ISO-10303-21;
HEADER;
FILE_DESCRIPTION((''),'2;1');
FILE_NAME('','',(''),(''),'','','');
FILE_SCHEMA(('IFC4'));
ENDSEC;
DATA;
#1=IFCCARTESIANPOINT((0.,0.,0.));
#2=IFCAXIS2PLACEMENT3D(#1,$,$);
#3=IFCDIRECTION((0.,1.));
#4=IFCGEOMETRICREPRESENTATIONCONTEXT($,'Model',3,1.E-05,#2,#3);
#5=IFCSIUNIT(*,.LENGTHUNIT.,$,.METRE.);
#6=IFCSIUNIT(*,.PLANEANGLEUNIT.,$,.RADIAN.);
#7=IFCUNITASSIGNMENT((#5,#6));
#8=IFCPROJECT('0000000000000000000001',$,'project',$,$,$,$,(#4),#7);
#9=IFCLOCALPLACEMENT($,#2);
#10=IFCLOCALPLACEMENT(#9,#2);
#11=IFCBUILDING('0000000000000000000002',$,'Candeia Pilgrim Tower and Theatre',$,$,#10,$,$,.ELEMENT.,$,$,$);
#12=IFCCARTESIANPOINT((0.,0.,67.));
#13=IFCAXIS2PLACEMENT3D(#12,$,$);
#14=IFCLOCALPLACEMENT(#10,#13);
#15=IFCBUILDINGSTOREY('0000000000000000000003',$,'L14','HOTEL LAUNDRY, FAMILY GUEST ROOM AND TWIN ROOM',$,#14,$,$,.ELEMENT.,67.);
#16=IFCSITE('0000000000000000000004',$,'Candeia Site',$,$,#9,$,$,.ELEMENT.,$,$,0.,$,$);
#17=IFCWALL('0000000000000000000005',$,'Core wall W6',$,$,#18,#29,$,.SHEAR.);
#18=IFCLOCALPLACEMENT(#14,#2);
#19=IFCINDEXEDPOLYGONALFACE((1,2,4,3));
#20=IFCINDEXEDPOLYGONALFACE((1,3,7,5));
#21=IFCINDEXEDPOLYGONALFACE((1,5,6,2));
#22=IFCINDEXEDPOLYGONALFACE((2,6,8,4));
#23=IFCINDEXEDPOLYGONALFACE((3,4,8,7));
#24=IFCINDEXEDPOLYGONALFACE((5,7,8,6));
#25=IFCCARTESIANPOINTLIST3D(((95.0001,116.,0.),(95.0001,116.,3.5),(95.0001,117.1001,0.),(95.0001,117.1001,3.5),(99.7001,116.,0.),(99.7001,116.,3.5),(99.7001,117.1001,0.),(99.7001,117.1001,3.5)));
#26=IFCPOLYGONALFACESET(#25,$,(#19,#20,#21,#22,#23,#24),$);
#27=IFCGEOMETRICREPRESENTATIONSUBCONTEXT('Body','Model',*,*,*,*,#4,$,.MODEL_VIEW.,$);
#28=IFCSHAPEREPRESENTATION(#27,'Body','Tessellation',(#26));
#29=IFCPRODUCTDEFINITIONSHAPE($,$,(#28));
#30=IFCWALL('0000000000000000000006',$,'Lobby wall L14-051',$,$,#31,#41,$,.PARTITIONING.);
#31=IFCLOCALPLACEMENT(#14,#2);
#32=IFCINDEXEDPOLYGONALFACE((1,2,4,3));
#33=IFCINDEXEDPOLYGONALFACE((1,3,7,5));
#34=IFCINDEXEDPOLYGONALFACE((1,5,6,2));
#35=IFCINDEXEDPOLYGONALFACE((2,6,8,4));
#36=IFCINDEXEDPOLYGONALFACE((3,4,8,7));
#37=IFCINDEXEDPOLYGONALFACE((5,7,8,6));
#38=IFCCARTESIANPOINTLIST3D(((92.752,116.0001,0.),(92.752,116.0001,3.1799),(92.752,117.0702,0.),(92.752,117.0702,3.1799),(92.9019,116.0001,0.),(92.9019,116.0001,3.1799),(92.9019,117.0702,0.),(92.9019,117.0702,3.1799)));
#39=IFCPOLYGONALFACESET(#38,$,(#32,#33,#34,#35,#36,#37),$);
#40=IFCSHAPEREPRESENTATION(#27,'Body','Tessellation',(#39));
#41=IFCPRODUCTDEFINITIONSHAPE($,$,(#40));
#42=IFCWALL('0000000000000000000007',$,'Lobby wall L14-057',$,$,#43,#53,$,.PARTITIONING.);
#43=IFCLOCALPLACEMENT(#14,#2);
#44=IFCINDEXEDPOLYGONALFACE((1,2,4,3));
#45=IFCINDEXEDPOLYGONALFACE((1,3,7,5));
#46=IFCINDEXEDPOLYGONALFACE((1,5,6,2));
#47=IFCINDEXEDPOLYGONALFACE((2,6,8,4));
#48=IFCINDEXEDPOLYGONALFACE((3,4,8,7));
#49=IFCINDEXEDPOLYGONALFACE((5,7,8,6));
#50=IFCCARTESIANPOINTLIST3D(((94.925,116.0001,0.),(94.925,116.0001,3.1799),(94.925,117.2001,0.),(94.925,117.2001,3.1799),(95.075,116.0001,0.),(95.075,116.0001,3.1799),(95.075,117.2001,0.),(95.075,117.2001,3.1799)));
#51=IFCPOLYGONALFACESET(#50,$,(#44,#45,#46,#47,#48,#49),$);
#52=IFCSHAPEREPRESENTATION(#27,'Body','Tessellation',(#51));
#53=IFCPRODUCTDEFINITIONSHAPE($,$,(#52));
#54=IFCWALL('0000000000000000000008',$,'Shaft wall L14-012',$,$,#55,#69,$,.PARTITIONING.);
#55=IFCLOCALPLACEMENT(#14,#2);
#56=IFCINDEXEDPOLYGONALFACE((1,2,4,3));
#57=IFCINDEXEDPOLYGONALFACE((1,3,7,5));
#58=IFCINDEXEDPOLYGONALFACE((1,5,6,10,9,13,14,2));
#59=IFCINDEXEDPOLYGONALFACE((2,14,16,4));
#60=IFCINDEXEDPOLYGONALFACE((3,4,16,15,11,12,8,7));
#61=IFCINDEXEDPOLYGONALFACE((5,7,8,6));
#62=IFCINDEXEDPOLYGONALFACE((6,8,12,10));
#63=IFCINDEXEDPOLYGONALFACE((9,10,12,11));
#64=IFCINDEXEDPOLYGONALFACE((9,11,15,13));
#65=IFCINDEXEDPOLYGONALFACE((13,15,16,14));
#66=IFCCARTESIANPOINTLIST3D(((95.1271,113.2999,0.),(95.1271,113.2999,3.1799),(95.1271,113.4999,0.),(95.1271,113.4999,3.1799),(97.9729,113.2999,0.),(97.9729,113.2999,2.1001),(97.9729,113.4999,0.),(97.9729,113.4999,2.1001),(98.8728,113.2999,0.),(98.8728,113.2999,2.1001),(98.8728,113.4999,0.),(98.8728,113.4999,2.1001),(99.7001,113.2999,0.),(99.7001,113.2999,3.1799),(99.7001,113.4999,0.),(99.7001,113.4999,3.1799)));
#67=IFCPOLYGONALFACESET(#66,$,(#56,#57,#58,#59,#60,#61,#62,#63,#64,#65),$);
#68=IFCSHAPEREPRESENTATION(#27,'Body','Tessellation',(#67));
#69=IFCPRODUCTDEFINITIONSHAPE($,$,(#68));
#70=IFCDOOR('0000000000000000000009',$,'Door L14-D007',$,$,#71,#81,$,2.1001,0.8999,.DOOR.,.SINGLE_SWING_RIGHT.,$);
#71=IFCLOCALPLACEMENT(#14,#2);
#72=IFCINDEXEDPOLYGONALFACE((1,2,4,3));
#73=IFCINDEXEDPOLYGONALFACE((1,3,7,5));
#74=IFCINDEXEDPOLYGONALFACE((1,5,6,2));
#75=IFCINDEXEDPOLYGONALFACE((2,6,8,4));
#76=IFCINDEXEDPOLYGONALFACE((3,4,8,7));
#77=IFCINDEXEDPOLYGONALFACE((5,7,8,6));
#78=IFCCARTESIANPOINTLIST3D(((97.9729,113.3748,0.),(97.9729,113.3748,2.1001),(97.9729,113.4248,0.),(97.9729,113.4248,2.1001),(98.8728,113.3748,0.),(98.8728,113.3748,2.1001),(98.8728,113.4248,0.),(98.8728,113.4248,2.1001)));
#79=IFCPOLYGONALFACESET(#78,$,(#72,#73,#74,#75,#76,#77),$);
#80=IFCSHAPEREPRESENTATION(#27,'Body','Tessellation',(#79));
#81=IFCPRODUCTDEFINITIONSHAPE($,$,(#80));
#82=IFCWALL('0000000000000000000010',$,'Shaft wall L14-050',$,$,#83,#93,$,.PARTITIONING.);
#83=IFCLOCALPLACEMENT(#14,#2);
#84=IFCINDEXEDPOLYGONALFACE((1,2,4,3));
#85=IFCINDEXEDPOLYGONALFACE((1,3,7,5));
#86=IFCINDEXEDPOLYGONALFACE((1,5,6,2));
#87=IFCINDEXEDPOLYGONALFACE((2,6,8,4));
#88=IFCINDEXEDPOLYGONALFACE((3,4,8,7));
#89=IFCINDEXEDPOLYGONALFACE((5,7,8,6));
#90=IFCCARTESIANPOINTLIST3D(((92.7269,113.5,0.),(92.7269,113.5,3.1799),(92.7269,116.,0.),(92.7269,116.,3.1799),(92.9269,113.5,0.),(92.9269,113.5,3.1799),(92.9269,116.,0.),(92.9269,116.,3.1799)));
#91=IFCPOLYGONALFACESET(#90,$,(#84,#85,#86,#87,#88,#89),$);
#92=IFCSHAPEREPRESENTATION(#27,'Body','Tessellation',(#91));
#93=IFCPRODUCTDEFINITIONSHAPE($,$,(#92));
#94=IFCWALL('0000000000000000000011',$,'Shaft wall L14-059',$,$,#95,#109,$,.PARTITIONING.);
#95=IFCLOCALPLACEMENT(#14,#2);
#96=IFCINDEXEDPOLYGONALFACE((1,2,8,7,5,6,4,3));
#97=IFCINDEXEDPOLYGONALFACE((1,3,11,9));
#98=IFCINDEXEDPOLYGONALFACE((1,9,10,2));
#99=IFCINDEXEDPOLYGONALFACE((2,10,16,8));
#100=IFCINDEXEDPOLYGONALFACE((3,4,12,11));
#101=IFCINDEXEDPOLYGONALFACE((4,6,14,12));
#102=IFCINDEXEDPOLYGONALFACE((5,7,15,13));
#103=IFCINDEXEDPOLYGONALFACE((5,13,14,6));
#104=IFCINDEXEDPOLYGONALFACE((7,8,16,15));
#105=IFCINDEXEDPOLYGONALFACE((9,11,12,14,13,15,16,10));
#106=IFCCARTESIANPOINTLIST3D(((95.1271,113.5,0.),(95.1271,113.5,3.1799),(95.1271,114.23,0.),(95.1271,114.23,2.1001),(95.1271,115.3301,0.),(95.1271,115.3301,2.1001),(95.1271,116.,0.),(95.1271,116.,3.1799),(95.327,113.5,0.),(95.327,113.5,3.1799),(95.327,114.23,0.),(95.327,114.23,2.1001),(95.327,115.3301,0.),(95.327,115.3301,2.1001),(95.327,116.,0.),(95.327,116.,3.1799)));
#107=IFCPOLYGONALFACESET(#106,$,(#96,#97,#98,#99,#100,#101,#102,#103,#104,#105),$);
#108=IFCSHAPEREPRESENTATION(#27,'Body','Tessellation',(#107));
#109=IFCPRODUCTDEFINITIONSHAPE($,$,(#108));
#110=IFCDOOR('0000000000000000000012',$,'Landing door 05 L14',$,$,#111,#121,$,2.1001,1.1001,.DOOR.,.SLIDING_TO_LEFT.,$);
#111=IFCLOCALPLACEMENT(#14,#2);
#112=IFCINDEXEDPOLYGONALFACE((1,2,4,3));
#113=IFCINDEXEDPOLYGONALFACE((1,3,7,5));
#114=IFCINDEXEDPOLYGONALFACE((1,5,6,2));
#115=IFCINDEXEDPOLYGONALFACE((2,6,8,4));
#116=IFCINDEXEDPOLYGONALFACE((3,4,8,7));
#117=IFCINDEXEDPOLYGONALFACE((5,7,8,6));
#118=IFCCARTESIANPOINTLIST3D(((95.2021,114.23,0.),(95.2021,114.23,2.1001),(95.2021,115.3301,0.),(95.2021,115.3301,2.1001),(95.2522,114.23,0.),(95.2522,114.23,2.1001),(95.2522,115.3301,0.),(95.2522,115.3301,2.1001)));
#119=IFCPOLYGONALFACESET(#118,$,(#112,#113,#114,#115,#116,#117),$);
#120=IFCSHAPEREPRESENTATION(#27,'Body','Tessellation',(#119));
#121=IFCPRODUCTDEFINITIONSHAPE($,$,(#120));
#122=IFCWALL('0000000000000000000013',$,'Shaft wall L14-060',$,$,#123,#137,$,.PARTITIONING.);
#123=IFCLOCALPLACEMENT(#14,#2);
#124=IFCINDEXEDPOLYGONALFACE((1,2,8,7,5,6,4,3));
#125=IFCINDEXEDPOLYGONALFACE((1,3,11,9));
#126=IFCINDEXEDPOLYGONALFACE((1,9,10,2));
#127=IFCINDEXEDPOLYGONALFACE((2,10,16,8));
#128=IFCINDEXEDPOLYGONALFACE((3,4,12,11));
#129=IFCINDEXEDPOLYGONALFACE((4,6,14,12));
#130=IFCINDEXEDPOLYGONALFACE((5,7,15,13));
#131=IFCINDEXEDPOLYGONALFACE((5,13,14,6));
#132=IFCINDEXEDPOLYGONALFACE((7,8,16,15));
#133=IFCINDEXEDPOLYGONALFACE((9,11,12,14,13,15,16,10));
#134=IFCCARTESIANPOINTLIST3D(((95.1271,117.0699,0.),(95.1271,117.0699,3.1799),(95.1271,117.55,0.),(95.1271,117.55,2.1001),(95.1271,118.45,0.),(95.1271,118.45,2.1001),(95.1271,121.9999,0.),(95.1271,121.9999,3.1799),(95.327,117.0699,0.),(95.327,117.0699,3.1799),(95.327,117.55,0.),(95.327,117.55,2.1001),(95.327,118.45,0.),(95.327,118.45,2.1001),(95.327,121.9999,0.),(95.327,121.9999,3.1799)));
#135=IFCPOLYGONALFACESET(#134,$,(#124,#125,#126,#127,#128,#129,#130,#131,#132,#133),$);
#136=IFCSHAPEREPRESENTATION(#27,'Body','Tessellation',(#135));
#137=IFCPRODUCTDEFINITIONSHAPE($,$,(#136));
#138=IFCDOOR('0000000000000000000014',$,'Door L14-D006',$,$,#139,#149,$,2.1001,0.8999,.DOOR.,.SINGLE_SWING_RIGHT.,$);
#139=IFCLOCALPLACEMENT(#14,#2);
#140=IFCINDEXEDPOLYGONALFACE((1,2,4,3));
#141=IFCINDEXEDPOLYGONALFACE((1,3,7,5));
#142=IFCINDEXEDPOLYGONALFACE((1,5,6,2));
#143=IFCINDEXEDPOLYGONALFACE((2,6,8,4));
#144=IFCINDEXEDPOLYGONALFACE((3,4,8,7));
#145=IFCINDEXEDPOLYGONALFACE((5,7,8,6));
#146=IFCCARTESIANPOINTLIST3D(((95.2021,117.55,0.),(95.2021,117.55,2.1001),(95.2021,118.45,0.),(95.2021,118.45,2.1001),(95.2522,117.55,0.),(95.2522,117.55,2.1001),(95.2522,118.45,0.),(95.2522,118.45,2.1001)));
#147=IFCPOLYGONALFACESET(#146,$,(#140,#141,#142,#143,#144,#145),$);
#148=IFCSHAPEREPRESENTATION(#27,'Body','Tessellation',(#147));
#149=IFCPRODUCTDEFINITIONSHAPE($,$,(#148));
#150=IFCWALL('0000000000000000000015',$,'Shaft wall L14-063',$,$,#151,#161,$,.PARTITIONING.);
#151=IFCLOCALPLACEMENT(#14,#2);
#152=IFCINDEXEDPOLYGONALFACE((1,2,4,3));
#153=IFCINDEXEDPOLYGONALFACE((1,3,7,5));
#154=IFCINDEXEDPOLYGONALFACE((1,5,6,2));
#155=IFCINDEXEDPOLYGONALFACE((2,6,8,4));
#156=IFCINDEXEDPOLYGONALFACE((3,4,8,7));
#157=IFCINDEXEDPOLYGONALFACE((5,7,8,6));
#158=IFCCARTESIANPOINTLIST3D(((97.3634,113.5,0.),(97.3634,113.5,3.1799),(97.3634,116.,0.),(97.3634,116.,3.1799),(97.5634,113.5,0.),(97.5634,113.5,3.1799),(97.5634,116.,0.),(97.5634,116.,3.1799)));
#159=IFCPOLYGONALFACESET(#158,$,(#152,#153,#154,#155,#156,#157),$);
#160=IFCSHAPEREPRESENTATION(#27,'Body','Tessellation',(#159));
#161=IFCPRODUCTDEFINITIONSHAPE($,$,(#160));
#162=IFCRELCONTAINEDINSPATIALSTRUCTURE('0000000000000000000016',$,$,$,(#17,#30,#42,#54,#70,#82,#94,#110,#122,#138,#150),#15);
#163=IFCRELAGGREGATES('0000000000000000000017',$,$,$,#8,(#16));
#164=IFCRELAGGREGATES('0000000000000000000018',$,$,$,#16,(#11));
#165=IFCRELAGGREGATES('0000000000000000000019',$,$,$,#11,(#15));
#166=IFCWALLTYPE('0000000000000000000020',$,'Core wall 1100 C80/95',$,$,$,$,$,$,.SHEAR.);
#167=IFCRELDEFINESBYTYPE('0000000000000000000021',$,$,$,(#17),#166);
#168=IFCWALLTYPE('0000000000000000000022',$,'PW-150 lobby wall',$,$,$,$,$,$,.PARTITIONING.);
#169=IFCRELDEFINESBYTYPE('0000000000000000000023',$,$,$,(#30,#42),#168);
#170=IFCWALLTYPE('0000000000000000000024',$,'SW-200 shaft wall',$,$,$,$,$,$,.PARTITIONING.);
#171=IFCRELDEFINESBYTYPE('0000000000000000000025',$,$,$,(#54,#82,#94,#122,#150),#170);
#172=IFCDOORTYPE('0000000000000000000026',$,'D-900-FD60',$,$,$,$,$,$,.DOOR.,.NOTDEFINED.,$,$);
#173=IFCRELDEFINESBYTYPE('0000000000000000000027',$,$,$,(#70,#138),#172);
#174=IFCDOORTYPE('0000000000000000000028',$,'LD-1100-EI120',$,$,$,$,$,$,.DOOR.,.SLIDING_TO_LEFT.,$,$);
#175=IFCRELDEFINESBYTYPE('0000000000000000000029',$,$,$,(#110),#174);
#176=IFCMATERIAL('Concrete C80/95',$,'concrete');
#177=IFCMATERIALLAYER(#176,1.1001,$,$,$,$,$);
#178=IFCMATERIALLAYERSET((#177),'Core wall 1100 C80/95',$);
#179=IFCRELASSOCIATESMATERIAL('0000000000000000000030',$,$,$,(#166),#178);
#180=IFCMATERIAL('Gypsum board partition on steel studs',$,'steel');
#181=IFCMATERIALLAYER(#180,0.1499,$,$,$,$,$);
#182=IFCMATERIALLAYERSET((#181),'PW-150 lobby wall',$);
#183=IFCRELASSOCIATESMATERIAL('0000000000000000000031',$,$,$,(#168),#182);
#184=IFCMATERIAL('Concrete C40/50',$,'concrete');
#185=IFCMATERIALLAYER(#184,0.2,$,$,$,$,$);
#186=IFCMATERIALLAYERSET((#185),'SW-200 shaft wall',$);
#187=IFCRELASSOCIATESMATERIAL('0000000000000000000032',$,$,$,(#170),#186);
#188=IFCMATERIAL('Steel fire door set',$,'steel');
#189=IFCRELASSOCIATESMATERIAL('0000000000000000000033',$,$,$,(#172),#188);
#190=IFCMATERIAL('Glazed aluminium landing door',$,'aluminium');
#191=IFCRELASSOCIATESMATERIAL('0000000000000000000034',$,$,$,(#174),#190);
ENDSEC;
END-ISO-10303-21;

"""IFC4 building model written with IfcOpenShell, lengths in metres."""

from ifc_helpers import new_model, si_unit, direction, frame, frame_2d, origin, place, context, subcontext, project, spatial, rectangle, extrude, material, layer, layer_set, type_object, element, fill, save


model = new_model("IFC4")

# Units and contexts
model_context = context("Model", 3, precision=1e-05, world=origin(), true_north=direction((0.0, 1.0)))
body_context = subcontext(model_context, "Body", "Model", "MODEL_VIEW")
ifc_project = project(units=[si_unit("LENGTHUNIT", "METRE"), si_unit("PLANEANGLEUNIT", "RADIAN")], contexts=[model_context])

# Site, building, storey
site_placement = place(None, origin())
site = spatial("IfcSite", under=ifc_project, at=site_placement, Name="Candeia Site", CompositionType="ELEMENT", RefElevation=0.0)
building_placement = place(site_placement, origin())
building = spatial("IfcBuilding", under=site, at=building_placement, Name="Candeia Pilgrim Tower and Theatre", CompositionType="ELEMENT")
storey_placement = place(building_placement, frame((0.0, 0.0, 67.0)))
storey = spatial("IfcBuildingStorey", under=building, at=storey_placement, Name="L14", Description="HOTEL LAUNDRY, FAMILY GUEST ROOM AND TWIN ROOM", CompositionType="ELEMENT", Elevation=67.0)

# Walls
ifc_material_1 = material(Name="Concrete C80/95", Category="concrete")
ifc_layer_1 = layer(ifc_material_1, 1.1001)
ifc_layer_set_1 = layer_set([ifc_layer_1], Name="Core wall 1100 C80/95")
wall_type_1 = type_object("IfcWallType", Name="Core wall 1100 C80/95", PredefinedType="SHEAR", material=ifc_layer_set_1)
wall_1_placement = place(storey_placement, frame((95.0, 116.55, 0.0), z_axis=(0.0, 0.0, 1.0), x_axis=(1.0, 0.0, 0.0)))
element("IfcWall", 1, at=wall_1_placement, inside=storey, type_object=wall_type_1, Name="Core wall W6", PredefinedType="SHEAR", context=body_context, shape_type="SweptSolid", body=[
    extrude(rectangle(XDim=4.7, YDim=1.1001, at=frame_2d((2.3501, 0.0))), origin(), (0.0, 0.0, 1.0), 3.5),
])
ifc_material_2 = material(Name="Gypsum board partition on steel studs", Category="steel")
ifc_layer_2 = layer(ifc_material_2, 0.1499)
ifc_layer_set_2 = layer_set([ifc_layer_2], Name="PW-150 lobby wall")
wall_type_2 = type_object("IfcWallType", Name="PW-150 lobby wall", PredefinedType="PARTITIONING", material=ifc_layer_set_2)
wall_2_placement = place(storey_placement, frame((92.8269, 116.0, 0.0), z_axis=(0.0, 0.0, 1.0), x_axis=(0.0, 1.0, 0.0)))
element("IfcWall", 2, at=wall_2_placement, inside=storey, type_object=wall_type_2, Name="Lobby wall L14-051", PredefinedType="PARTITIONING", context=body_context, shape_type="SweptSolid", body=[
    extrude(rectangle(XDim=1.0701, YDim=0.1499, at=frame_2d((0.5352, 0.0))), origin(), (0.0, 0.0, 1.0), 3.1799),
])
wall_3_placement = place(storey_placement, frame((95.0, 116.0, 0.0), z_axis=(0.0, 0.0, 1.0), x_axis=(0.0, 1.0, 0.0)))
element("IfcWall", 3, at=wall_3_placement, inside=storey, type_object=wall_type_2, Name="Lobby wall L14-057", PredefinedType="PARTITIONING", context=body_context, shape_type="SweptSolid", body=[
    extrude(rectangle(XDim=1.2, YDim=0.1499, at=frame_2d((0.6001, 0.0))), origin(), (0.0, 0.0, 1.0), 3.1799),
])

# Wall, opening, door
ifc_material_3 = material(Name="Concrete C40/50", Category="concrete")
ifc_layer_3 = layer(ifc_material_3, 0.2)
ifc_layer_set_3 = layer_set([ifc_layer_3], Name="SW-200 shaft wall")
wall_type_3 = type_object("IfcWallType", Name="SW-200 shaft wall", PredefinedType="PARTITIONING", material=ifc_layer_set_3)
wall_4_placement = place(storey_placement, frame((95.127, 113.3999, 0.0), z_axis=(0.0, 0.0, 1.0), x_axis=(1.0, 0.0, 0.0)))
wall_4 = element("IfcWall", 4, at=wall_4_placement, inside=storey, type_object=wall_type_3, Name="Shaft wall L14-012", PredefinedType="PARTITIONING", context=body_context, shape_type="SweptSolid", body=[
    extrude(rectangle(XDim=4.573, YDim=0.2, at=frame_2d((2.2866, 0.0))), origin(), (0.0, 0.0, 1.0), 3.1799),
])
opening_1_placement = place(wall_4_placement, frame((2.8459, 0.0, 0.0)))
opening_1 = element("IfcOpeningElement", 5, at=opening_1_placement, cuts=wall_4, PredefinedType="OPENING", context=body_context, shape_type="SweptSolid", body=[
    extrude(rectangle(XDim=0.8999, YDim=2.1001, at=frame_2d((0.45, 1.05))), frame((0.0, 0.1099, 0.0), z_axis=(0.0, -1.0, 0.0), x_axis=(1.0, 0.0, 0.0)), (0.0, 0.0, 1.0), 0.22),
])
ifc_material_4 = material(Name="Steel fire door set", Category="steel")
door_type_1 = type_object("IfcDoorType", Name="D-900-FD60", OperationType="NOTDEFINED", PredefinedType="DOOR", material=ifc_material_4)
door_1_placement = place(opening_1_placement, origin())
door_1 = element("IfcDoor", 6, at=door_1_placement, inside=storey, type_object=door_type_1, Name="Door L14-D007", OperationType="SINGLE_SWING_RIGHT", OverallHeight=2.1001, OverallWidth=0.8999, PredefinedType="DOOR", context=body_context, shape_type="SweptSolid", body=[
    extrude(rectangle(XDim=0.8999, YDim=2.1001, at=frame_2d((0.45, 1.05))), frame((0.0, 0.0249, 0.0), z_axis=(0.0, -1.0, 0.0), x_axis=(1.0, 0.0, 0.0)), (0.0, 0.0, 1.0), 0.05),
])
fill(opening_1, door_1)

# Wall
wall_5_placement = place(storey_placement, frame((92.8269, 113.5, 0.0), z_axis=(0.0, 0.0, 1.0), x_axis=(0.0, 1.0, 0.0)))
element("IfcWall", 7, at=wall_5_placement, inside=storey, type_object=wall_type_3, Name="Shaft wall L14-050", PredefinedType="PARTITIONING", context=body_context, shape_type="SweptSolid", body=[
    extrude(rectangle(XDim=2.5, YDim=0.2, at=frame_2d((1.25, 0.0))), origin(), (0.0, 0.0, 1.0), 3.1799),
])

# Walls, openings, doors
wall_6_placement = place(storey_placement, frame((95.2271, 113.5, 0.0), z_axis=(0.0, 0.0, 1.0), x_axis=(0.0, 1.0, 0.0)))
wall_6 = element("IfcWall", 8, at=wall_6_placement, inside=storey, type_object=wall_type_3, Name="Shaft wall L14-059", PredefinedType="PARTITIONING", context=body_context, shape_type="SweptSolid", body=[
    extrude(rectangle(XDim=2.5, YDim=0.2, at=frame_2d((1.25, 0.0))), origin(), (0.0, 0.0, 1.0), 3.1799),
])
opening_2_placement = place(wall_6_placement, frame((0.73, 0.0, 0.0)))
opening_2 = element("IfcOpeningElement", 9, at=opening_2_placement, cuts=wall_6, PredefinedType="OPENING", context=body_context, shape_type="SweptSolid", body=[
    extrude(rectangle(XDim=1.1001, YDim=2.1001, at=frame_2d((0.55, 1.05))), frame((0.0, 0.1099, 0.0), z_axis=(0.0, -1.0, 0.0), x_axis=(1.0, 0.0, 0.0)), (0.0, 0.0, 1.0), 0.22),
])
ifc_material_5 = material(Name="Glazed aluminium landing door", Category="aluminium")
door_type_2 = type_object("IfcDoorType", Name="LD-1100-EI120", OperationType="SLIDING_TO_LEFT", PredefinedType="DOOR", material=ifc_material_5)
door_2_placement = place(opening_2_placement, origin())
door_2 = element("IfcDoor", 10, at=door_2_placement, inside=storey, type_object=door_type_2, Name="Landing door 05 L14", OperationType="SLIDING_TO_LEFT", OverallHeight=2.1001, OverallWidth=1.1001, PredefinedType="DOOR", context=body_context, shape_type="SweptSolid", body=[
    extrude(rectangle(XDim=1.1001, YDim=2.1001, at=frame_2d((0.55, 1.05))), frame((0.0, 0.0249, 0.0), z_axis=(0.0, -1.0, 0.0), x_axis=(1.0, 0.0, 0.0)), (0.0, 0.0, 1.0), 0.05),
])
fill(opening_2, door_2)
wall_7_placement = place(storey_placement, frame((95.2271, 117.0701, 0.0), z_axis=(0.0, 0.0, 1.0), x_axis=(0.0, 1.0, 0.0)))
wall_7 = element("IfcWall", 11, at=wall_7_placement, inside=storey, type_object=wall_type_3, Name="Shaft wall L14-060", PredefinedType="PARTITIONING", context=body_context, shape_type="SweptSolid", body=[
    extrude(rectangle(XDim=4.9299, YDim=0.2, at=frame_2d((2.4648, 0.0))), origin(), (0.0, 0.0, 1.0), 3.1799),
])
opening_3_placement = place(wall_7_placement, frame((0.48, 0.0, 0.0)))
opening_3 = element("IfcOpeningElement", 12, at=opening_3_placement, cuts=wall_7, PredefinedType="OPENING", context=body_context, shape_type="SweptSolid", body=[
    extrude(rectangle(XDim=0.8999, YDim=2.1001, at=frame_2d((0.45, 1.05))), frame((0.0, 0.1099, 0.0), z_axis=(0.0, -1.0, 0.0), x_axis=(1.0, 0.0, 0.0)), (0.0, 0.0, 1.0), 0.22),
])
door_3_placement = place(opening_3_placement, origin())
door_3 = element("IfcDoor", 13, at=door_3_placement, inside=storey, type_object=door_type_1, Name="Door L14-D006", OperationType="SINGLE_SWING_RIGHT", OverallHeight=2.1001, OverallWidth=0.8999, PredefinedType="DOOR", context=body_context, shape_type="SweptSolid", body=[
    extrude(rectangle(XDim=0.8999, YDim=2.1001, at=frame_2d((0.45, 1.05))), frame((0.0, 0.0249, 0.0), z_axis=(0.0, -1.0, 0.0), x_axis=(1.0, 0.0, 0.0)), (0.0, 0.0, 1.0), 0.05),
])
fill(opening_3, door_3)

# Wall
wall_8_placement = place(storey_placement, frame((97.4634, 113.5, 0.0), z_axis=(0.0, 0.0, 1.0), x_axis=(0.0, 1.0, 0.0)))
element("IfcWall", 14, at=wall_8_placement, inside=storey, type_object=wall_type_3, Name="Shaft wall L14-063", PredefinedType="PARTITIONING", context=body_context, shape_type="SweptSolid", body=[
    extrude(rectangle(XDim=2.5, YDim=0.2, at=frame_2d((1.25, 0.0))), origin(), (0.0, 0.0, 1.0), 3.1799),
])

save(model, "model.ifc")
